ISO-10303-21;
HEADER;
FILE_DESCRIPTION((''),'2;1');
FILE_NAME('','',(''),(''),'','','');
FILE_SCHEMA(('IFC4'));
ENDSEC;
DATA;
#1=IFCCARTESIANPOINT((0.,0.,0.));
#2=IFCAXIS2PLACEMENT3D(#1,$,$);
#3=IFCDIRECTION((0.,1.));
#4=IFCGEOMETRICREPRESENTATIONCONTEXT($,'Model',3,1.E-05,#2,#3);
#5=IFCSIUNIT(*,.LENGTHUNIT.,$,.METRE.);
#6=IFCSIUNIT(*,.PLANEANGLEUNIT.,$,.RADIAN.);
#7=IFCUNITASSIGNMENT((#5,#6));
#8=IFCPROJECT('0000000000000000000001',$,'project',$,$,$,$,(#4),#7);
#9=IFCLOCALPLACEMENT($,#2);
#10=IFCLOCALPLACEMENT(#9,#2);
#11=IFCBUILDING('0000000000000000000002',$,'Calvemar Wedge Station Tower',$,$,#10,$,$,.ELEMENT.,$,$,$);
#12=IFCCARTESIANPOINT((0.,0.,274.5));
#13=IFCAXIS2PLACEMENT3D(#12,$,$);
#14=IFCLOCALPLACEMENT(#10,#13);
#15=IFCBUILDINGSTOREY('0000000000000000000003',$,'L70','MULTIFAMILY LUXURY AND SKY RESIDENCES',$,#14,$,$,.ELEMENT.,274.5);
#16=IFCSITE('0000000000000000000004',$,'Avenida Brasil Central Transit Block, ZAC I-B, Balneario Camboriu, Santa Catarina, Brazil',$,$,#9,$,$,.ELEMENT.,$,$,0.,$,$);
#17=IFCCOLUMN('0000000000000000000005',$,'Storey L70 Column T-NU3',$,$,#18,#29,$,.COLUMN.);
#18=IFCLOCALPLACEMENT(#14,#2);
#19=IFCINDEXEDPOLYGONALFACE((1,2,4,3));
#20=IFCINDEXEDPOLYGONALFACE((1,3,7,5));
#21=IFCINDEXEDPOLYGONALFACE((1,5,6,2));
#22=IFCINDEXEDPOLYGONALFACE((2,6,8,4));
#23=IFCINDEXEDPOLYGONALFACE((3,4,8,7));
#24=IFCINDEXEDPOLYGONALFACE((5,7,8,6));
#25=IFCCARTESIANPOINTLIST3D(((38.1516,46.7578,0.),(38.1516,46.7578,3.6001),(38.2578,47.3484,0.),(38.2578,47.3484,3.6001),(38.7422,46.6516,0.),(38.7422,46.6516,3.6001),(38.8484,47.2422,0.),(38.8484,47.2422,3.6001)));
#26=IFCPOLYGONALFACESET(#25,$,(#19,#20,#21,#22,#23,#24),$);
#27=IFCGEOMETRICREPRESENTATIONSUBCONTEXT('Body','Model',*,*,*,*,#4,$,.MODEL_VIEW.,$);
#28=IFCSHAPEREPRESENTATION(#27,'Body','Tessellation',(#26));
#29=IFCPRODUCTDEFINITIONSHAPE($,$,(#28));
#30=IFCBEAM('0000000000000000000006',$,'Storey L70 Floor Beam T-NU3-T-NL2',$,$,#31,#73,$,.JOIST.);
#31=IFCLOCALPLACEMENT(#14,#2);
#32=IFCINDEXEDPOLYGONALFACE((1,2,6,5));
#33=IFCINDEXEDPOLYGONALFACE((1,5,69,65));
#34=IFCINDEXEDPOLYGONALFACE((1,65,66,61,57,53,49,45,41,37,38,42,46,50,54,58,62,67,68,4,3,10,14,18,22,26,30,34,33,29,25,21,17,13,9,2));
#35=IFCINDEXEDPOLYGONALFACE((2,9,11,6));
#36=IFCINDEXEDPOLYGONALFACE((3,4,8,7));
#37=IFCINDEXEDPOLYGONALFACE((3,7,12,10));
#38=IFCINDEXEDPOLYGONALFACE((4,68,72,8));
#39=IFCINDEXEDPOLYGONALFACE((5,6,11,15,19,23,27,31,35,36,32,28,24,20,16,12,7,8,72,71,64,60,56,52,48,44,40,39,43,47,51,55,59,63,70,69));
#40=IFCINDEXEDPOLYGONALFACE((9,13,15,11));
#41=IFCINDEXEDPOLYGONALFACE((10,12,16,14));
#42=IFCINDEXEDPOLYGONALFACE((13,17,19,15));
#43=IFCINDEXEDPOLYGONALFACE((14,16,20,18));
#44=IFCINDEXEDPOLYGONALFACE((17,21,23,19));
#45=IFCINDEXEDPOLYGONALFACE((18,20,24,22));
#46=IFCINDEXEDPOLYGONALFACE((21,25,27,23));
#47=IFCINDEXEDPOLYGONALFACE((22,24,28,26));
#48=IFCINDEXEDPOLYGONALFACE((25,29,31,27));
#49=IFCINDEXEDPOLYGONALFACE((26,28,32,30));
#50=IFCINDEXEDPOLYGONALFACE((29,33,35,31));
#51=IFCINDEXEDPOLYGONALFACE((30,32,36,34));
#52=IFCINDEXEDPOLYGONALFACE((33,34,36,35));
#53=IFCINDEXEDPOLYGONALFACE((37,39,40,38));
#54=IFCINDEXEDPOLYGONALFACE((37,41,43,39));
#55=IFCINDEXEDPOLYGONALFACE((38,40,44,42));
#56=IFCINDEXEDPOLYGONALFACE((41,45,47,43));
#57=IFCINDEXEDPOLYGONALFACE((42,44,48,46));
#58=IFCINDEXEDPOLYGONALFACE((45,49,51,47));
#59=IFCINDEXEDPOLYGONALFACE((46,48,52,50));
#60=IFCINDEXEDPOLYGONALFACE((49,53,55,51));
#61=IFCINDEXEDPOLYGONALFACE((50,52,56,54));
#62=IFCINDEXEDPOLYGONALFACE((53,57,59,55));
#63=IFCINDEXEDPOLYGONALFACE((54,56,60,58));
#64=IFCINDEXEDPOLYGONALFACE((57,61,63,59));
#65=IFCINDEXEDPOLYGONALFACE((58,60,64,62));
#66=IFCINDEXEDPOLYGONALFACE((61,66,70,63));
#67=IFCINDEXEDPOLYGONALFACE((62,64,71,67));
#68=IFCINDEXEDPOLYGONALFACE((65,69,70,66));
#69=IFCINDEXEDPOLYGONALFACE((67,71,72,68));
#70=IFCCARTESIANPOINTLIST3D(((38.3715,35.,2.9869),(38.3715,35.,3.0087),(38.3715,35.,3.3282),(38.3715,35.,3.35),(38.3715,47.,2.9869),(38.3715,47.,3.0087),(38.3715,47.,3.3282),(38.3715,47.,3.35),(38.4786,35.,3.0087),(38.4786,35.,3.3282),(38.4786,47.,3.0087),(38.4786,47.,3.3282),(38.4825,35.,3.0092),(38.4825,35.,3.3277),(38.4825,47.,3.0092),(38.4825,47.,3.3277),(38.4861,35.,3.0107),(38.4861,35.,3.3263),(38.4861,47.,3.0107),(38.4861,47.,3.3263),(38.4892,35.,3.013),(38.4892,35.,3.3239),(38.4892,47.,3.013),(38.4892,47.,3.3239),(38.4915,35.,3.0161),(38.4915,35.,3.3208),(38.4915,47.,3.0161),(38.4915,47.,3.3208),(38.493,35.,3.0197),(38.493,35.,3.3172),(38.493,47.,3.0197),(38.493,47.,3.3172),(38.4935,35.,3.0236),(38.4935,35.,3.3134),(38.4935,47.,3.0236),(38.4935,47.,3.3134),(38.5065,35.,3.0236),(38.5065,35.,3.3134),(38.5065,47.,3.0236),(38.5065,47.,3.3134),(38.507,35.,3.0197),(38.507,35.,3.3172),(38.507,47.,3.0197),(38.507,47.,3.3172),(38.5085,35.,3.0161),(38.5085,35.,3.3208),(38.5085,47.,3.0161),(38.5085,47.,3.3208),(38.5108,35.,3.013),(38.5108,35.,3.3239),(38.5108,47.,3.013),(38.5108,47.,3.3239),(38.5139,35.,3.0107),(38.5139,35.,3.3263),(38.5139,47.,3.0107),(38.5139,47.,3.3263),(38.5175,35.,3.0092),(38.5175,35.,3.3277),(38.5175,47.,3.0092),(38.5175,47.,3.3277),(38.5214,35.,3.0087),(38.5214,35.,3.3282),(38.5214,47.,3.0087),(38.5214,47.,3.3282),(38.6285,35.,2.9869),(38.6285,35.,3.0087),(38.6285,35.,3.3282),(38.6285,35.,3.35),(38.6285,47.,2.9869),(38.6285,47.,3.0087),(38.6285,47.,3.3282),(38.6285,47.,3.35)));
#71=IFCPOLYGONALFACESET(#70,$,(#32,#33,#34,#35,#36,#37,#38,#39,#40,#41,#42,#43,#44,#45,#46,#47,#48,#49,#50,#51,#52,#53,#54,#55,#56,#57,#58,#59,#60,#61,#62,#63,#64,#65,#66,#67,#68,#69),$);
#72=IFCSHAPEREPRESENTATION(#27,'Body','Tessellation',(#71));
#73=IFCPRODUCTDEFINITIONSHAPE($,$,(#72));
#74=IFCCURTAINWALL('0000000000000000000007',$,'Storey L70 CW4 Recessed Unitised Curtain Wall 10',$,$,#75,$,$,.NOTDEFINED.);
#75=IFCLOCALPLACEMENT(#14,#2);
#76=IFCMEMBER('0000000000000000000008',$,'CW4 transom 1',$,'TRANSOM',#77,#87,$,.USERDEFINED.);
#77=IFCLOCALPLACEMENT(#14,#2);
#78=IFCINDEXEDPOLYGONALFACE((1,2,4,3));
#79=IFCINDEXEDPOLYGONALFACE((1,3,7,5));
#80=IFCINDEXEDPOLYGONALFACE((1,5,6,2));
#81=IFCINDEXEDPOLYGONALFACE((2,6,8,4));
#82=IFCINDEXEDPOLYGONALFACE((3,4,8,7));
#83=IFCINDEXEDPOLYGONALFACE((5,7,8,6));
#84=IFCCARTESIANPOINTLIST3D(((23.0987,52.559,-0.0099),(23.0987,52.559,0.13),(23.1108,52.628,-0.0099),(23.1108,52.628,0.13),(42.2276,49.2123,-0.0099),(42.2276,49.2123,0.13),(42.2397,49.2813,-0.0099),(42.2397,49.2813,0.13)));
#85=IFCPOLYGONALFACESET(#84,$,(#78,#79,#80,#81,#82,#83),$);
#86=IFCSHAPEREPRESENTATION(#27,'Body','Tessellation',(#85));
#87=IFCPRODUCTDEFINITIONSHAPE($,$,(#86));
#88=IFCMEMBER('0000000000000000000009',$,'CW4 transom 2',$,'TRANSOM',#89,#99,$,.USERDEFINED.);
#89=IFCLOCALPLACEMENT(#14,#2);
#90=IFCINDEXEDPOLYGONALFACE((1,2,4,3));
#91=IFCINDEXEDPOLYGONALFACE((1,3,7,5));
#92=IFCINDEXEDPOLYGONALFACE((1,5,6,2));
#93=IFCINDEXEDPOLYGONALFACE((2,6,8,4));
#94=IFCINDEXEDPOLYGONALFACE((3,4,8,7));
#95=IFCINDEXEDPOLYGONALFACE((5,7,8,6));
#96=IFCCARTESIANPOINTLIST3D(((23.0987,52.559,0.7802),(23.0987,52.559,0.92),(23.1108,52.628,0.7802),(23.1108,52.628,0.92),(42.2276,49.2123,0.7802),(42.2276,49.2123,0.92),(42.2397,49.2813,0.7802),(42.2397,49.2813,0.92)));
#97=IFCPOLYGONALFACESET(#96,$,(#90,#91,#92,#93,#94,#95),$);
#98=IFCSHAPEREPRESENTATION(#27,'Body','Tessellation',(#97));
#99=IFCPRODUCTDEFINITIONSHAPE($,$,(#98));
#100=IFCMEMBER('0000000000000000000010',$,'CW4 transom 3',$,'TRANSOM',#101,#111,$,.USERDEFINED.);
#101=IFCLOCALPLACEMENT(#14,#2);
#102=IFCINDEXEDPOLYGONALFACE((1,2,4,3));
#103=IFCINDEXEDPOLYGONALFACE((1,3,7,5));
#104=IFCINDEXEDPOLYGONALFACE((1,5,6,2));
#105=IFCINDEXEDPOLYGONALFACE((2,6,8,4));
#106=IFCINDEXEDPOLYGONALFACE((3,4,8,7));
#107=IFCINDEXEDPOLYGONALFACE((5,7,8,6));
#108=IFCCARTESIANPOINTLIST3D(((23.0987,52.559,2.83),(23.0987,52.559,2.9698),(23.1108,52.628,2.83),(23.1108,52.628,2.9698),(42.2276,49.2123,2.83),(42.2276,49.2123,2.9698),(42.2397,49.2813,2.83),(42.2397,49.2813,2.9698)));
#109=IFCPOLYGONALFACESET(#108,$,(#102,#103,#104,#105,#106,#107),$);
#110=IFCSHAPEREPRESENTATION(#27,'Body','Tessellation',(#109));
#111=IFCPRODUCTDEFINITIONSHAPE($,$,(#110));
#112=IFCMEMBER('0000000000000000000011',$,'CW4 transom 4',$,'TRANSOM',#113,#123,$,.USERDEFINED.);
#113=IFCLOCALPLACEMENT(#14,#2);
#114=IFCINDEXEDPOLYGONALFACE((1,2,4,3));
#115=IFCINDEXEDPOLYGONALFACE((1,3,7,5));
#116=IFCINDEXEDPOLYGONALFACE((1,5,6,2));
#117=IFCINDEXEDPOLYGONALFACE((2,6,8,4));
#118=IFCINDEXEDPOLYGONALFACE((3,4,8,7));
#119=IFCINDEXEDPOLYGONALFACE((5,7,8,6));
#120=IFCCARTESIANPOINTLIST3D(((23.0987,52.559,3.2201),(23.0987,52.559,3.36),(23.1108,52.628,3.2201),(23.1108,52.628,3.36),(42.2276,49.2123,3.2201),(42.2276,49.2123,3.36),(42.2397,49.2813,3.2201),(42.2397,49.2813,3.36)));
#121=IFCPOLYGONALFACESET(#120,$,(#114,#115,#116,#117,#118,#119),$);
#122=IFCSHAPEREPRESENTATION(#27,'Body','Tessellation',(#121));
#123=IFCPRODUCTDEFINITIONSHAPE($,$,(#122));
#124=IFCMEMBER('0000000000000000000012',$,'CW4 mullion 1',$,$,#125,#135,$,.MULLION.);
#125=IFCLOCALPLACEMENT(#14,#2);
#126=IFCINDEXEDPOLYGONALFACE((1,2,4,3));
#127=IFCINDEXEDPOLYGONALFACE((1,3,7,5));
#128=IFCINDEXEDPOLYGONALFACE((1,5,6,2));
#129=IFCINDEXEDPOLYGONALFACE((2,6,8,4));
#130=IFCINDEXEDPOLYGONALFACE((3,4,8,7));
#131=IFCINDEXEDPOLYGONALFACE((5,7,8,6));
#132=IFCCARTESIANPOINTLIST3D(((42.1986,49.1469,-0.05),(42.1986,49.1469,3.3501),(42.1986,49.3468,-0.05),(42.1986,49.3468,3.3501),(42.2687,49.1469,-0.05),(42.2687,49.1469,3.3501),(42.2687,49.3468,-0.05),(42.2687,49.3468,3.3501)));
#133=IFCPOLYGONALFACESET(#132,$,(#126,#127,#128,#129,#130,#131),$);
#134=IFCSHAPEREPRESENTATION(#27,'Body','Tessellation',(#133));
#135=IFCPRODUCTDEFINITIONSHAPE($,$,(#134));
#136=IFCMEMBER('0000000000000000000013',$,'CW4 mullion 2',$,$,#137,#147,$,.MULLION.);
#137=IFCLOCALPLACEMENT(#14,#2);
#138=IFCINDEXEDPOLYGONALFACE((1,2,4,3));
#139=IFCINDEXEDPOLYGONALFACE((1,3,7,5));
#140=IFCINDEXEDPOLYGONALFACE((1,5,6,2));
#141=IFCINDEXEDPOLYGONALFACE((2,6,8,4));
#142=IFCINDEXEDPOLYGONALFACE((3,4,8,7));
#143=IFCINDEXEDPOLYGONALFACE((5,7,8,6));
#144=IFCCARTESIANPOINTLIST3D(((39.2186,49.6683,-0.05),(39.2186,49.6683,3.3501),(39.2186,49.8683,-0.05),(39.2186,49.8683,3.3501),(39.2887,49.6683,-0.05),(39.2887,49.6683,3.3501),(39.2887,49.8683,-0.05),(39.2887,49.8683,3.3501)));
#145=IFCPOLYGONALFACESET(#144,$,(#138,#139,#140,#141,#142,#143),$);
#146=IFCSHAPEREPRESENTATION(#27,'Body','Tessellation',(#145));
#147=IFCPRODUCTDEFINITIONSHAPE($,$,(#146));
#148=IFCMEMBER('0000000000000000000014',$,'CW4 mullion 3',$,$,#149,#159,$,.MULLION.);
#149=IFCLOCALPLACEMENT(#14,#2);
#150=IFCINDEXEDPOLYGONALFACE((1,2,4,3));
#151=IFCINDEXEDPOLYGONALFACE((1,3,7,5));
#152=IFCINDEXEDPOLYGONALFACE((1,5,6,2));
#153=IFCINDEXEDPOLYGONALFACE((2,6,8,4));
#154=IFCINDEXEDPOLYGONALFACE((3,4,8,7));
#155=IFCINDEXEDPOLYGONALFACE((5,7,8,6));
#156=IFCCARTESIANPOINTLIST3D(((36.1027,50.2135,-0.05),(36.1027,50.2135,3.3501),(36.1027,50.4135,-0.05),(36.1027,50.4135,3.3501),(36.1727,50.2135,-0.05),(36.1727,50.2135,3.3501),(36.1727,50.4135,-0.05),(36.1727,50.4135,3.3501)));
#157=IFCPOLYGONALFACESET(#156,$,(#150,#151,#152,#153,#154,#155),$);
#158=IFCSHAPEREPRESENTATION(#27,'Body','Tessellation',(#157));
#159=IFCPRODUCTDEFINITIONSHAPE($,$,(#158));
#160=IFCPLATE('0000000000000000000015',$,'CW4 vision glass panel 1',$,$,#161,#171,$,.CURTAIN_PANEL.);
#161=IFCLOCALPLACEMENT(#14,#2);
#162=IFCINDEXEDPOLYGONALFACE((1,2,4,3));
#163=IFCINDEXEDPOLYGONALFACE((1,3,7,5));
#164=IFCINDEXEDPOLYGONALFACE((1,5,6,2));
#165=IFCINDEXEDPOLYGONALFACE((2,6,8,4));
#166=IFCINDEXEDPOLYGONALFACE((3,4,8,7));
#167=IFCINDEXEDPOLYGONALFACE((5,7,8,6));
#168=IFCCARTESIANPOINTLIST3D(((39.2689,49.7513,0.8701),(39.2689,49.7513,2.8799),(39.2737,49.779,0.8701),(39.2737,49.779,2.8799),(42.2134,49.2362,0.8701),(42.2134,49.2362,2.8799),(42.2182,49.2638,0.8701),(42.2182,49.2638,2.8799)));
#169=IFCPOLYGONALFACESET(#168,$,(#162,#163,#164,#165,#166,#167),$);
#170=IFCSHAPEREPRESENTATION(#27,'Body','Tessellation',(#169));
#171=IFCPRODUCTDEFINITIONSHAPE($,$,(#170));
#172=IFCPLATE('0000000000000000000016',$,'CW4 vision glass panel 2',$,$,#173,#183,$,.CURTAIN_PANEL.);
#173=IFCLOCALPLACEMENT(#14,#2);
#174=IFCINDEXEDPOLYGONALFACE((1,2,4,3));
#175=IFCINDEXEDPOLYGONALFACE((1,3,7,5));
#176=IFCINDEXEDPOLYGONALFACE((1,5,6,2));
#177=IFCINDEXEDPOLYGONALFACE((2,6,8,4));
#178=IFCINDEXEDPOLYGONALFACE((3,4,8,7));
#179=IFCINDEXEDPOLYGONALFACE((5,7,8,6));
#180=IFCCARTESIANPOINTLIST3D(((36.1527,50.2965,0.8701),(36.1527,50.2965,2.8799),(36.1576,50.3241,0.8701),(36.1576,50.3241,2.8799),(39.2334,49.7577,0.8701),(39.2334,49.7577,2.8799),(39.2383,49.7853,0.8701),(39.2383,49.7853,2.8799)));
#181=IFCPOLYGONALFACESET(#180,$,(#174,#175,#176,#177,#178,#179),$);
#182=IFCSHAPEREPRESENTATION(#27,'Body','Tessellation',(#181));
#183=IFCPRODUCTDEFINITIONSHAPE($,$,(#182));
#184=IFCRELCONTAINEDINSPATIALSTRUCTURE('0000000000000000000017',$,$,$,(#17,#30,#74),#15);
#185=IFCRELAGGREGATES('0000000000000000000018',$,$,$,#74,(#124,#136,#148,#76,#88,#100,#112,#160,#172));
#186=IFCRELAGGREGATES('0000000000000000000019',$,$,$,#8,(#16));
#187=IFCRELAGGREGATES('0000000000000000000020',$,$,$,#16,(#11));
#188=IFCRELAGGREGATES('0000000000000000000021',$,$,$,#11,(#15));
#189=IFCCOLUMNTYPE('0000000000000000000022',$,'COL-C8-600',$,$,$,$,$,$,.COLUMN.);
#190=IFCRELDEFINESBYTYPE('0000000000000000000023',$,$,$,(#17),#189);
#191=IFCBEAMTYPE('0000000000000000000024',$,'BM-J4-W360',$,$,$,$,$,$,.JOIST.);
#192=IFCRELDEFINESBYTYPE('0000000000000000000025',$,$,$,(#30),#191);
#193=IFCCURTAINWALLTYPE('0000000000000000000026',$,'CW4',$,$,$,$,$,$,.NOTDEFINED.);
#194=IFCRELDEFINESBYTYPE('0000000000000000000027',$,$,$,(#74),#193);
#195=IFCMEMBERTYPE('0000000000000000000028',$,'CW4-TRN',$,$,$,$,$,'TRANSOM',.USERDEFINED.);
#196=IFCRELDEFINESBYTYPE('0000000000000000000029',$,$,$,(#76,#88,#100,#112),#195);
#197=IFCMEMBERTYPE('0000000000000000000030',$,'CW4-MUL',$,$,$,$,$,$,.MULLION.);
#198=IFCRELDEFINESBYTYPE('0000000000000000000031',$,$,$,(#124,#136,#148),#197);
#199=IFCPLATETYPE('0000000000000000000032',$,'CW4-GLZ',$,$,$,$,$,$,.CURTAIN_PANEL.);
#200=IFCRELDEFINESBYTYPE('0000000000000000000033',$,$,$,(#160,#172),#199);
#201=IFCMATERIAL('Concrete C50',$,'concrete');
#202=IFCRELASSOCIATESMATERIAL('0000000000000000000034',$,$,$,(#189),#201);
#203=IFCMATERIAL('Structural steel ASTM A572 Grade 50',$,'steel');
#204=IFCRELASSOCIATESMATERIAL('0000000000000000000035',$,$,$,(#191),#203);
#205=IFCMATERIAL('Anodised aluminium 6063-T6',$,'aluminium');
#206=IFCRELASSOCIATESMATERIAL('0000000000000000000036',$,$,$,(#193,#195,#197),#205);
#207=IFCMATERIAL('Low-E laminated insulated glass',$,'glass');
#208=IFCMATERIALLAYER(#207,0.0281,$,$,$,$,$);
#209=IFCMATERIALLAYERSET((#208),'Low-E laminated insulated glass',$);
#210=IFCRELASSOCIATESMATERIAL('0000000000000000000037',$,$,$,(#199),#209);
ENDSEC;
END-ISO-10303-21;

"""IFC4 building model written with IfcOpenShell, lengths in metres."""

from ifc_helpers import new_model, si_unit, direction, frame, frame_2d, origin, origin_2d, place, context, subcontext, project, spatial, rectangle, i_section, extrude, source, transform, mapped, material, layer, layer_set, material_profile, profile_set, type_object, element, aggregate, save


model = new_model("IFC4")

# Units and contexts
model_context = context("Model", 3, precision=1e-05, world=origin(), true_north=direction((0.0, 1.0)))
body_context = subcontext(model_context, "Body", "Model", "MODEL_VIEW")
ifc_project = project(units=[si_unit("LENGTHUNIT", "METRE"), si_unit("PLANEANGLEUNIT", "RADIAN")], contexts=[model_context])

# Site, building, storey
site_placement = place(None, origin())
site = spatial("IfcSite", under=ifc_project, at=site_placement, Name="Avenida Brasil Central Transit Block, ZAC I-B, Balneario Camboriu, Santa Catarina, Brazil", CompositionType="ELEMENT", RefElevation=0.0)
building_placement = place(site_placement, origin())
building = spatial("IfcBuilding", under=site, at=building_placement, Name="Calvemar Wedge Station Tower", CompositionType="ELEMENT")
storey_placement = place(building_placement, frame((0.0, 0.0, 274.5)))
storey = spatial("IfcBuildingStorey", under=building, at=storey_placement, Name="L70", Description="MULTIFAMILY LUXURY AND SKY RESIDENCES", CompositionType="ELEMENT", Elevation=274.5)

# Column
ifc_material_1 = material(Name="Concrete C50", Category="concrete")
ifc_material_profile_1 = material_profile(ifc_material_1, rectangle(XDim=0.6001, YDim=0.6001, at=origin_2d()), Name="RC600x600")
ifc_profile_set_1 = profile_set([ifc_material_profile_1], Name="Concrete C50")
column_type = type_object("IfcColumnType", Name="COL-C8-600", PredefinedType="COLUMN", material=ifc_profile_set_1)
shared_shape_1 = source(origin(), body_context, "Body", "SweptSolid", [
    extrude(rectangle(XDim=0.6001, YDim=0.6001, at=origin_2d()), origin(), (0.0, 0.0, 1.0), 3.6001),
])
column_placement = place(storey_placement, frame((38.5, 47.0, 0.0), z_axis=(0.0, 0.0, 1.0), x_axis=(0.984196, -0.177085, 0.0)))
element("IfcColumn", 1, at=column_placement, inside=storey, type_object=column_type, Name="Storey L70 Column T-NU3", PredefinedType="COLUMN", context=body_context, shape_type="MappedRepresentation", body=[
    mapped(shared_shape_1, transform((0.0, 0.0, 0.0), scale=1.0)),
])

# Beam
ifc_material_2 = material(Name="Structural steel ASTM A572 Grade 50", Category="steel")
ifc_material_profile_2 = material_profile(ifc_material_2, i_section(OverallWidth=0.2571, OverallDepth=0.363, WebThickness=0.0129, FlangeThickness=0.0217, FilletRadius=0.0149, at=origin_2d()), Name="W360x122")
ifc_profile_set_2 = profile_set([ifc_material_profile_2], Name="Structural steel ASTM A572 Grade 50")
beam_type = type_object("IfcBeamType", Name="BM-J4-W360", PredefinedType="JOIST", material=ifc_profile_set_2)
shared_shape_2 = source(origin(), body_context, "Body", "SweptSolid", [
    extrude(i_section(OverallWidth=0.2571, OverallDepth=0.363, WebThickness=0.0129, FlangeThickness=0.0217, FilletRadius=0.0149, at=origin_2d()), origin(), (0.0, 0.0, 1.0), 12.0),
])
beam_placement = place(storey_placement, frame((38.5, 47.0, 3.1685), z_axis=(0.0, -1.0, 0.0), x_axis=(1.0, 0.0, 0.0)))
element("IfcBeam", 2, at=beam_placement, inside=storey, type_object=beam_type, Name="Storey L70 Floor Beam T-NU3-T-NL2", PredefinedType="JOIST", context=body_context, shape_type="MappedRepresentation", body=[
    mapped(shared_shape_2, transform((0.0, 0.0, 0.0), scale=1.0)),
])

# Curtain wall, members, plates
ifc_material_3 = material(Name="Anodised aluminium 6063-T6", Category="aluminium")
curtain_wall_type = type_object("IfcCurtainWallType", Name="CW4", PredefinedType="NOTDEFINED", material=ifc_material_3)
curtain_wall_placement = place(storey_placement, origin())
curtain_wall = element("IfcCurtainWall", 3, at=curtain_wall_placement, inside=storey, type_object=curtain_wall_type, Name="Storey L70 CW4 Recessed Unitised Curtain Wall 10", PredefinedType="NOTDEFINED")
ifc_material_profile_3 = material_profile(ifc_material_3, rectangle(XDim=0.0701, YDim=0.1399, at=origin_2d()), Name="AL-TRN-70x140")
ifc_profile_set_3 = profile_set([ifc_material_profile_3], Name="Anodised aluminium 6063-T6")
member_type_1 = type_object("IfcMemberType", Name="CW4-TRN", ElementType="TRANSOM", PredefinedType="USERDEFINED", material=ifc_profile_set_3)
shared_shape_3 = source(origin(), body_context, "Body", "SweptSolid", [
    extrude(rectangle(XDim=0.0701, YDim=0.1399, at=origin_2d()), origin(), (0.0, 0.0, 1.0), 19.4194),
])
member_1_placement = place(storey_placement, frame((42.2336, 49.2468, 0.0601), z_axis=(-0.985038, 0.172336, 0.0), x_axis=(-0.172336, -0.985038, 0.0)))
member_1 = element("IfcMember", 4, at=member_1_placement, type_object=member_type_1, Name="CW4 transom 1", ObjectType="TRANSOM", PredefinedType="USERDEFINED", context=body_context, shape_type="MappedRepresentation", body=[
    mapped(shared_shape_3, transform((0.0, 0.0, 0.0), scale=1.0)),
])
member_2_placement = place(storey_placement, frame((42.2336, 49.2468, 0.8501), z_axis=(-0.985038, 0.172336, 0.0), x_axis=(-0.172336, -0.985038, 0.0)))
member_2 = element("IfcMember", 5, at=member_2_placement, type_object=member_type_1, Name="CW4 transom 2", ObjectType="TRANSOM", PredefinedType="USERDEFINED", context=body_context, shape_type="MappedRepresentation", body=[
    mapped(shared_shape_3, transform((0.0, 0.0, 0.0), scale=1.0)),
])
member_3_placement = place(storey_placement, frame((42.2336, 49.2468, 2.8999), z_axis=(-0.985038, 0.172336, 0.0), x_axis=(-0.172336, -0.985038, 0.0)))
member_3 = element("IfcMember", 6, at=member_3_placement, type_object=member_type_1, Name="CW4 transom 3", ObjectType="TRANSOM", PredefinedType="USERDEFINED", context=body_context, shape_type="MappedRepresentation", body=[
    mapped(shared_shape_3, transform((0.0, 0.0, 0.0), scale=1.0)),
])
member_4_placement = place(storey_placement, frame((42.2336, 49.2468, 3.29), z_axis=(-0.985038, 0.172336, 0.0), x_axis=(-0.172336, -0.985038, 0.0)))
member_4 = element("IfcMember", 7, at=member_4_placement, type_object=member_type_1, Name="CW4 transom 4", ObjectType="TRANSOM", PredefinedType="USERDEFINED", context=body_context, shape_type="MappedRepresentation", body=[
    mapped(shared_shape_3, transform((0.0, 0.0, 0.0), scale=1.0)),
])
ifc_material_profile_4 = material_profile(ifc_material_3, rectangle(XDim=0.0701, YDim=0.2, at=origin_2d()), Name="AL-MUL-70x200")
ifc_profile_set_4 = profile_set([ifc_material_profile_4], Name="Anodised aluminium 6063-T6")
member_type_2 = type_object("IfcMemberType", Name="CW4-MUL", PredefinedType="MULLION", material=ifc_profile_set_4)
shared_shape_4 = source(origin(), body_context, "Body", "SweptSolid", [
    extrude(rectangle(XDim=0.0701, YDim=0.2, at=origin_2d()), origin(), (0.0, 0.0, 1.0), 3.4001),
])
member_5_placement = place(storey_placement, frame((42.2336, 49.2468, -0.05), z_axis=(0.0, 0.0, 1.0), x_axis=(1.0, 0.0, 0.0)))
member_5 = element("IfcMember", 8, at=member_5_placement, type_object=member_type_2, Name="CW4 mullion 1", PredefinedType="MULLION", context=body_context, shape_type="MappedRepresentation", body=[
    mapped(shared_shape_4, transform((0.0, 0.0, 0.0), scale=1.0)),
])
member_6_placement = place(storey_placement, frame((39.2537, 49.7683, -0.05), z_axis=(0.0, 0.0, 1.0), x_axis=(1.0, 0.0, 0.0)))
member_6 = element("IfcMember", 9, at=member_6_placement, type_object=member_type_2, Name="CW4 mullion 2", PredefinedType="MULLION", context=body_context, shape_type="MappedRepresentation", body=[
    mapped(shared_shape_4, transform((0.0, 0.0, 0.0), scale=1.0)),
])
member_7_placement = place(storey_placement, frame((36.1377, 50.3135, -0.05), z_axis=(0.0, 0.0, 1.0), x_axis=(1.0, 0.0, 0.0)))
member_7 = element("IfcMember", 10, at=member_7_placement, type_object=member_type_2, Name="CW4 mullion 3", PredefinedType="MULLION", context=body_context, shape_type="MappedRepresentation", body=[
    mapped(shared_shape_4, transform((0.0, 0.0, 0.0), scale=1.0)),
])
ifc_material_4 = material(Name="Low-E laminated insulated glass", Category="glass")
ifc_layer_1 = layer(ifc_material_4, 0.0281)
ifc_layer_set_1 = layer_set([ifc_layer_1], Name="Low-E laminated insulated glass")
plate_type_1 = type_object("IfcPlateType", Name="CW4-GLZ", PredefinedType="CURTAIN_PANEL", material=ifc_layer_set_1)
plate_1_placement = place(storey_placement, frame((42.2158, 49.25, 0.8701), z_axis=(0.0, 0.0, 1.0), x_axis=(-0.98504, 0.172327, 0.0)))
plate_1 = element("IfcPlate", 11, at=plate_1_placement, type_object=plate_type_1, Name="CW4 vision glass panel 1", PredefinedType="CURTAIN_PANEL", context=body_context, shape_type="SweptSolid", body=[
    extrude(rectangle(XDim=2.9893, YDim=0.0281, at=frame_2d((1.4946, 0.0))), origin(), (0.0, 0.0, 1.0), 2.0098),
])
plate_2_placement = place(storey_placement, frame((39.2358, 49.7715, 0.8701), z_axis=(0.0, 0.0, 1.0), x_axis=(-0.985046, 0.172293, 0.0)))
plate_2 = element("IfcPlate", 12, at=plate_2_placement, type_object=plate_type_1, Name="CW4 vision glass panel 2", PredefinedType="CURTAIN_PANEL", context=body_context, shape_type="SweptSolid", body=[
    extrude(rectangle(XDim=3.1274, YDim=0.0281, at=frame_2d((1.5637, 0.0))), origin(), (0.0, 0.0, 1.0), 2.0098),
])
aggregate(curtain_wall, [member_5, member_6, member_7, member_1, member_2, member_3, member_4, plate_1, plate_2])

save(model, "model.ifc")
